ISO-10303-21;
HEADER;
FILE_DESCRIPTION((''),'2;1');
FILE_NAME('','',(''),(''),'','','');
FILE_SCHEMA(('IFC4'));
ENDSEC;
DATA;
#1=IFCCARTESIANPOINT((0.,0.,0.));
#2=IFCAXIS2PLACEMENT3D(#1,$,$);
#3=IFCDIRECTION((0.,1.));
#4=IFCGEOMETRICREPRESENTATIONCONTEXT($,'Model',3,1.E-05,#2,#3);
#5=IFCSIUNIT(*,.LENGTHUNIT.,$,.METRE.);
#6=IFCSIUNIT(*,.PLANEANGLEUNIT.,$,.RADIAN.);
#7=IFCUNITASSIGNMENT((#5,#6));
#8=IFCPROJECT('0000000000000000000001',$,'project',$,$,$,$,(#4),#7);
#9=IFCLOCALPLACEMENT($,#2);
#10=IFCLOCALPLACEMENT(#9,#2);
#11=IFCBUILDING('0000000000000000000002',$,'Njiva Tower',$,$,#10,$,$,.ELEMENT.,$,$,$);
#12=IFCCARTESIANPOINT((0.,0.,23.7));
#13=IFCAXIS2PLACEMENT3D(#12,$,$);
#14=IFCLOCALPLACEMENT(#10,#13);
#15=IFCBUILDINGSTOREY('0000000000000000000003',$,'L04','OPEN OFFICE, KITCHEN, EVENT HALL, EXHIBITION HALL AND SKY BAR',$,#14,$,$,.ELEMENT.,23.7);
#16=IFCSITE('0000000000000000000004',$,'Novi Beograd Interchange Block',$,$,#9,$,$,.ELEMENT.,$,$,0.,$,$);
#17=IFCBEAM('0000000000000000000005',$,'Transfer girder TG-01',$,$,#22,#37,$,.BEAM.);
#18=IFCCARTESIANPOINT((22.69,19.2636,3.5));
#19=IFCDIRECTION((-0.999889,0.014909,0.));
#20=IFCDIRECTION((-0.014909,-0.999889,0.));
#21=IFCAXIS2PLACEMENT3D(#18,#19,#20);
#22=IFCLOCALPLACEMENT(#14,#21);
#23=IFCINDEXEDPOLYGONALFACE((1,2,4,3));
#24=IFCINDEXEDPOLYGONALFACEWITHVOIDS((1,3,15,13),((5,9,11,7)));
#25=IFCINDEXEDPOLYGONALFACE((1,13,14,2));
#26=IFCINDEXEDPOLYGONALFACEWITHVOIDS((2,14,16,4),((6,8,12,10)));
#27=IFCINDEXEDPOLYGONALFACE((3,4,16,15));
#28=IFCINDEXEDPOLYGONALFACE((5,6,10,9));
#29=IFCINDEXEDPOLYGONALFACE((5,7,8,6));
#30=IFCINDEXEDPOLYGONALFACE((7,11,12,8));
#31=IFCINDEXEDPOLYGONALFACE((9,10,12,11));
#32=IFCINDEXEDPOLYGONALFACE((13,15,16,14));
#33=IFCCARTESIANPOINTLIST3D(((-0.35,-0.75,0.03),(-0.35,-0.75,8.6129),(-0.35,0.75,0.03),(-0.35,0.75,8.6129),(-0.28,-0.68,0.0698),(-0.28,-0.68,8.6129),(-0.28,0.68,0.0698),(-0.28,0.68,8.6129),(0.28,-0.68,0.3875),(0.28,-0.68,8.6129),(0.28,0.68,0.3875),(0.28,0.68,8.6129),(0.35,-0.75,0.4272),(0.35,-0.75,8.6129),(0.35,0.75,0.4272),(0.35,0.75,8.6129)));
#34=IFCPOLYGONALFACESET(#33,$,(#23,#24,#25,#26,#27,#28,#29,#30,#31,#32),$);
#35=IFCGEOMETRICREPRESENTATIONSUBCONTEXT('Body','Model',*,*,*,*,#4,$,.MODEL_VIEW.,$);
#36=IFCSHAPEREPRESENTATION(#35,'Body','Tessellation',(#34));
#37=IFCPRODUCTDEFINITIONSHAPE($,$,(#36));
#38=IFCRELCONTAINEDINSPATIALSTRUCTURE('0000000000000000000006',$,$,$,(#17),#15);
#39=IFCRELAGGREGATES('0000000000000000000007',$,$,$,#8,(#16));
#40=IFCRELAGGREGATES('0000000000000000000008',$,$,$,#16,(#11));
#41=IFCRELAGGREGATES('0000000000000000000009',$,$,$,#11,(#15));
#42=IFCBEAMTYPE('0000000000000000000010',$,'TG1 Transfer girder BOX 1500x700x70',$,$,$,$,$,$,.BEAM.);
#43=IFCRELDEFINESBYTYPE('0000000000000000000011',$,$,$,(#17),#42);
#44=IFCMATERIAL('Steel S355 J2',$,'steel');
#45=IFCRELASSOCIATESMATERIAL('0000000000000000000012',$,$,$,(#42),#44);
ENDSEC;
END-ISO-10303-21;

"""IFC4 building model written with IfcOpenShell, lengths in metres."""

from ifc_helpers import new_model, si_unit, direction, frame, origin, origin_2d, place, context, subcontext, project, spatial, hollow_rectangle, extrude, clip, halfspace, material, material_profile, profile_set, type_object, element, save


model = new_model("IFC4")

# Units and contexts
model_context = context("Model", 3, precision=1e-05, world=origin(), true_north=direction((0.0, 1.0)))
body_context = subcontext(model_context, "Body", "Model", "MODEL_VIEW")
ifc_project = project(units=[si_unit("LENGTHUNIT", "METRE"), si_unit("PLANEANGLEUNIT", "RADIAN")], contexts=[model_context])

# Site, building, storey
site_placement = place(None, origin())
site = spatial("IfcSite", under=ifc_project, at=site_placement, Name="Novi Beograd Interchange Block", CompositionType="ELEMENT", RefElevation=0.0)
building_placement = place(site_placement, origin())
building = spatial("IfcBuilding", under=site, at=building_placement, Name="Njiva Tower", CompositionType="ELEMENT")
storey_placement = place(building_placement, frame((0.0, 0.0, 23.7)))
storey = spatial("IfcBuildingStorey", under=building, at=storey_placement, Name="L04", Description="OPEN OFFICE, KITCHEN, EVENT HALL, EXHIBITION HALL AND SKY BAR", CompositionType="ELEMENT", Elevation=23.7)

# Shared definitions
ifc_material_1 = material(Name="Steel S355 J2", Category="steel")

# Beam
ifc_material_profile_1 = material_profile(ifc_material_1, hollow_rectangle(XDim=0.7, YDim=1.5, WallThickness=0.07, at=origin_2d()), Name="BOX 1500x700x70")
ifc_profile_set_1 = profile_set([ifc_material_profile_1], Name="Steel S355 J2")
beam_type_1 = type_object("IfcBeamType", Name="TG1 Transfer girder BOX 1500x700x70", PredefinedType="BEAM", material=ifc_profile_set_1)
beam_1_placement = place(storey_placement, frame((22.69, 19.2636, 3.5), z_axis=(-0.999889, 0.014909, 0.0), x_axis=(-0.014909, -0.999889, 0.0)))
element("IfcBeam", 1, at=beam_1_placement, inside=storey, type_object=beam_type_1, Name="Transfer girder TG-01", PredefinedType="BEAM", context=body_context, shape_type="Clipping", body=[
    clip(extrude(hollow_rectangle(XDim=0.7, YDim=1.5, WallThickness=0.07, at=origin_2d()), origin(), (0.0, 0.0, 1.0), 8.6129), halfspace(frame((0.0001, 0.0, 0.2287), z_axis=(0.493518, 0.0, -0.869736), x_axis=(0.0, -1.0, 0.0)), False)),
])

save(model, "model.ifc")
